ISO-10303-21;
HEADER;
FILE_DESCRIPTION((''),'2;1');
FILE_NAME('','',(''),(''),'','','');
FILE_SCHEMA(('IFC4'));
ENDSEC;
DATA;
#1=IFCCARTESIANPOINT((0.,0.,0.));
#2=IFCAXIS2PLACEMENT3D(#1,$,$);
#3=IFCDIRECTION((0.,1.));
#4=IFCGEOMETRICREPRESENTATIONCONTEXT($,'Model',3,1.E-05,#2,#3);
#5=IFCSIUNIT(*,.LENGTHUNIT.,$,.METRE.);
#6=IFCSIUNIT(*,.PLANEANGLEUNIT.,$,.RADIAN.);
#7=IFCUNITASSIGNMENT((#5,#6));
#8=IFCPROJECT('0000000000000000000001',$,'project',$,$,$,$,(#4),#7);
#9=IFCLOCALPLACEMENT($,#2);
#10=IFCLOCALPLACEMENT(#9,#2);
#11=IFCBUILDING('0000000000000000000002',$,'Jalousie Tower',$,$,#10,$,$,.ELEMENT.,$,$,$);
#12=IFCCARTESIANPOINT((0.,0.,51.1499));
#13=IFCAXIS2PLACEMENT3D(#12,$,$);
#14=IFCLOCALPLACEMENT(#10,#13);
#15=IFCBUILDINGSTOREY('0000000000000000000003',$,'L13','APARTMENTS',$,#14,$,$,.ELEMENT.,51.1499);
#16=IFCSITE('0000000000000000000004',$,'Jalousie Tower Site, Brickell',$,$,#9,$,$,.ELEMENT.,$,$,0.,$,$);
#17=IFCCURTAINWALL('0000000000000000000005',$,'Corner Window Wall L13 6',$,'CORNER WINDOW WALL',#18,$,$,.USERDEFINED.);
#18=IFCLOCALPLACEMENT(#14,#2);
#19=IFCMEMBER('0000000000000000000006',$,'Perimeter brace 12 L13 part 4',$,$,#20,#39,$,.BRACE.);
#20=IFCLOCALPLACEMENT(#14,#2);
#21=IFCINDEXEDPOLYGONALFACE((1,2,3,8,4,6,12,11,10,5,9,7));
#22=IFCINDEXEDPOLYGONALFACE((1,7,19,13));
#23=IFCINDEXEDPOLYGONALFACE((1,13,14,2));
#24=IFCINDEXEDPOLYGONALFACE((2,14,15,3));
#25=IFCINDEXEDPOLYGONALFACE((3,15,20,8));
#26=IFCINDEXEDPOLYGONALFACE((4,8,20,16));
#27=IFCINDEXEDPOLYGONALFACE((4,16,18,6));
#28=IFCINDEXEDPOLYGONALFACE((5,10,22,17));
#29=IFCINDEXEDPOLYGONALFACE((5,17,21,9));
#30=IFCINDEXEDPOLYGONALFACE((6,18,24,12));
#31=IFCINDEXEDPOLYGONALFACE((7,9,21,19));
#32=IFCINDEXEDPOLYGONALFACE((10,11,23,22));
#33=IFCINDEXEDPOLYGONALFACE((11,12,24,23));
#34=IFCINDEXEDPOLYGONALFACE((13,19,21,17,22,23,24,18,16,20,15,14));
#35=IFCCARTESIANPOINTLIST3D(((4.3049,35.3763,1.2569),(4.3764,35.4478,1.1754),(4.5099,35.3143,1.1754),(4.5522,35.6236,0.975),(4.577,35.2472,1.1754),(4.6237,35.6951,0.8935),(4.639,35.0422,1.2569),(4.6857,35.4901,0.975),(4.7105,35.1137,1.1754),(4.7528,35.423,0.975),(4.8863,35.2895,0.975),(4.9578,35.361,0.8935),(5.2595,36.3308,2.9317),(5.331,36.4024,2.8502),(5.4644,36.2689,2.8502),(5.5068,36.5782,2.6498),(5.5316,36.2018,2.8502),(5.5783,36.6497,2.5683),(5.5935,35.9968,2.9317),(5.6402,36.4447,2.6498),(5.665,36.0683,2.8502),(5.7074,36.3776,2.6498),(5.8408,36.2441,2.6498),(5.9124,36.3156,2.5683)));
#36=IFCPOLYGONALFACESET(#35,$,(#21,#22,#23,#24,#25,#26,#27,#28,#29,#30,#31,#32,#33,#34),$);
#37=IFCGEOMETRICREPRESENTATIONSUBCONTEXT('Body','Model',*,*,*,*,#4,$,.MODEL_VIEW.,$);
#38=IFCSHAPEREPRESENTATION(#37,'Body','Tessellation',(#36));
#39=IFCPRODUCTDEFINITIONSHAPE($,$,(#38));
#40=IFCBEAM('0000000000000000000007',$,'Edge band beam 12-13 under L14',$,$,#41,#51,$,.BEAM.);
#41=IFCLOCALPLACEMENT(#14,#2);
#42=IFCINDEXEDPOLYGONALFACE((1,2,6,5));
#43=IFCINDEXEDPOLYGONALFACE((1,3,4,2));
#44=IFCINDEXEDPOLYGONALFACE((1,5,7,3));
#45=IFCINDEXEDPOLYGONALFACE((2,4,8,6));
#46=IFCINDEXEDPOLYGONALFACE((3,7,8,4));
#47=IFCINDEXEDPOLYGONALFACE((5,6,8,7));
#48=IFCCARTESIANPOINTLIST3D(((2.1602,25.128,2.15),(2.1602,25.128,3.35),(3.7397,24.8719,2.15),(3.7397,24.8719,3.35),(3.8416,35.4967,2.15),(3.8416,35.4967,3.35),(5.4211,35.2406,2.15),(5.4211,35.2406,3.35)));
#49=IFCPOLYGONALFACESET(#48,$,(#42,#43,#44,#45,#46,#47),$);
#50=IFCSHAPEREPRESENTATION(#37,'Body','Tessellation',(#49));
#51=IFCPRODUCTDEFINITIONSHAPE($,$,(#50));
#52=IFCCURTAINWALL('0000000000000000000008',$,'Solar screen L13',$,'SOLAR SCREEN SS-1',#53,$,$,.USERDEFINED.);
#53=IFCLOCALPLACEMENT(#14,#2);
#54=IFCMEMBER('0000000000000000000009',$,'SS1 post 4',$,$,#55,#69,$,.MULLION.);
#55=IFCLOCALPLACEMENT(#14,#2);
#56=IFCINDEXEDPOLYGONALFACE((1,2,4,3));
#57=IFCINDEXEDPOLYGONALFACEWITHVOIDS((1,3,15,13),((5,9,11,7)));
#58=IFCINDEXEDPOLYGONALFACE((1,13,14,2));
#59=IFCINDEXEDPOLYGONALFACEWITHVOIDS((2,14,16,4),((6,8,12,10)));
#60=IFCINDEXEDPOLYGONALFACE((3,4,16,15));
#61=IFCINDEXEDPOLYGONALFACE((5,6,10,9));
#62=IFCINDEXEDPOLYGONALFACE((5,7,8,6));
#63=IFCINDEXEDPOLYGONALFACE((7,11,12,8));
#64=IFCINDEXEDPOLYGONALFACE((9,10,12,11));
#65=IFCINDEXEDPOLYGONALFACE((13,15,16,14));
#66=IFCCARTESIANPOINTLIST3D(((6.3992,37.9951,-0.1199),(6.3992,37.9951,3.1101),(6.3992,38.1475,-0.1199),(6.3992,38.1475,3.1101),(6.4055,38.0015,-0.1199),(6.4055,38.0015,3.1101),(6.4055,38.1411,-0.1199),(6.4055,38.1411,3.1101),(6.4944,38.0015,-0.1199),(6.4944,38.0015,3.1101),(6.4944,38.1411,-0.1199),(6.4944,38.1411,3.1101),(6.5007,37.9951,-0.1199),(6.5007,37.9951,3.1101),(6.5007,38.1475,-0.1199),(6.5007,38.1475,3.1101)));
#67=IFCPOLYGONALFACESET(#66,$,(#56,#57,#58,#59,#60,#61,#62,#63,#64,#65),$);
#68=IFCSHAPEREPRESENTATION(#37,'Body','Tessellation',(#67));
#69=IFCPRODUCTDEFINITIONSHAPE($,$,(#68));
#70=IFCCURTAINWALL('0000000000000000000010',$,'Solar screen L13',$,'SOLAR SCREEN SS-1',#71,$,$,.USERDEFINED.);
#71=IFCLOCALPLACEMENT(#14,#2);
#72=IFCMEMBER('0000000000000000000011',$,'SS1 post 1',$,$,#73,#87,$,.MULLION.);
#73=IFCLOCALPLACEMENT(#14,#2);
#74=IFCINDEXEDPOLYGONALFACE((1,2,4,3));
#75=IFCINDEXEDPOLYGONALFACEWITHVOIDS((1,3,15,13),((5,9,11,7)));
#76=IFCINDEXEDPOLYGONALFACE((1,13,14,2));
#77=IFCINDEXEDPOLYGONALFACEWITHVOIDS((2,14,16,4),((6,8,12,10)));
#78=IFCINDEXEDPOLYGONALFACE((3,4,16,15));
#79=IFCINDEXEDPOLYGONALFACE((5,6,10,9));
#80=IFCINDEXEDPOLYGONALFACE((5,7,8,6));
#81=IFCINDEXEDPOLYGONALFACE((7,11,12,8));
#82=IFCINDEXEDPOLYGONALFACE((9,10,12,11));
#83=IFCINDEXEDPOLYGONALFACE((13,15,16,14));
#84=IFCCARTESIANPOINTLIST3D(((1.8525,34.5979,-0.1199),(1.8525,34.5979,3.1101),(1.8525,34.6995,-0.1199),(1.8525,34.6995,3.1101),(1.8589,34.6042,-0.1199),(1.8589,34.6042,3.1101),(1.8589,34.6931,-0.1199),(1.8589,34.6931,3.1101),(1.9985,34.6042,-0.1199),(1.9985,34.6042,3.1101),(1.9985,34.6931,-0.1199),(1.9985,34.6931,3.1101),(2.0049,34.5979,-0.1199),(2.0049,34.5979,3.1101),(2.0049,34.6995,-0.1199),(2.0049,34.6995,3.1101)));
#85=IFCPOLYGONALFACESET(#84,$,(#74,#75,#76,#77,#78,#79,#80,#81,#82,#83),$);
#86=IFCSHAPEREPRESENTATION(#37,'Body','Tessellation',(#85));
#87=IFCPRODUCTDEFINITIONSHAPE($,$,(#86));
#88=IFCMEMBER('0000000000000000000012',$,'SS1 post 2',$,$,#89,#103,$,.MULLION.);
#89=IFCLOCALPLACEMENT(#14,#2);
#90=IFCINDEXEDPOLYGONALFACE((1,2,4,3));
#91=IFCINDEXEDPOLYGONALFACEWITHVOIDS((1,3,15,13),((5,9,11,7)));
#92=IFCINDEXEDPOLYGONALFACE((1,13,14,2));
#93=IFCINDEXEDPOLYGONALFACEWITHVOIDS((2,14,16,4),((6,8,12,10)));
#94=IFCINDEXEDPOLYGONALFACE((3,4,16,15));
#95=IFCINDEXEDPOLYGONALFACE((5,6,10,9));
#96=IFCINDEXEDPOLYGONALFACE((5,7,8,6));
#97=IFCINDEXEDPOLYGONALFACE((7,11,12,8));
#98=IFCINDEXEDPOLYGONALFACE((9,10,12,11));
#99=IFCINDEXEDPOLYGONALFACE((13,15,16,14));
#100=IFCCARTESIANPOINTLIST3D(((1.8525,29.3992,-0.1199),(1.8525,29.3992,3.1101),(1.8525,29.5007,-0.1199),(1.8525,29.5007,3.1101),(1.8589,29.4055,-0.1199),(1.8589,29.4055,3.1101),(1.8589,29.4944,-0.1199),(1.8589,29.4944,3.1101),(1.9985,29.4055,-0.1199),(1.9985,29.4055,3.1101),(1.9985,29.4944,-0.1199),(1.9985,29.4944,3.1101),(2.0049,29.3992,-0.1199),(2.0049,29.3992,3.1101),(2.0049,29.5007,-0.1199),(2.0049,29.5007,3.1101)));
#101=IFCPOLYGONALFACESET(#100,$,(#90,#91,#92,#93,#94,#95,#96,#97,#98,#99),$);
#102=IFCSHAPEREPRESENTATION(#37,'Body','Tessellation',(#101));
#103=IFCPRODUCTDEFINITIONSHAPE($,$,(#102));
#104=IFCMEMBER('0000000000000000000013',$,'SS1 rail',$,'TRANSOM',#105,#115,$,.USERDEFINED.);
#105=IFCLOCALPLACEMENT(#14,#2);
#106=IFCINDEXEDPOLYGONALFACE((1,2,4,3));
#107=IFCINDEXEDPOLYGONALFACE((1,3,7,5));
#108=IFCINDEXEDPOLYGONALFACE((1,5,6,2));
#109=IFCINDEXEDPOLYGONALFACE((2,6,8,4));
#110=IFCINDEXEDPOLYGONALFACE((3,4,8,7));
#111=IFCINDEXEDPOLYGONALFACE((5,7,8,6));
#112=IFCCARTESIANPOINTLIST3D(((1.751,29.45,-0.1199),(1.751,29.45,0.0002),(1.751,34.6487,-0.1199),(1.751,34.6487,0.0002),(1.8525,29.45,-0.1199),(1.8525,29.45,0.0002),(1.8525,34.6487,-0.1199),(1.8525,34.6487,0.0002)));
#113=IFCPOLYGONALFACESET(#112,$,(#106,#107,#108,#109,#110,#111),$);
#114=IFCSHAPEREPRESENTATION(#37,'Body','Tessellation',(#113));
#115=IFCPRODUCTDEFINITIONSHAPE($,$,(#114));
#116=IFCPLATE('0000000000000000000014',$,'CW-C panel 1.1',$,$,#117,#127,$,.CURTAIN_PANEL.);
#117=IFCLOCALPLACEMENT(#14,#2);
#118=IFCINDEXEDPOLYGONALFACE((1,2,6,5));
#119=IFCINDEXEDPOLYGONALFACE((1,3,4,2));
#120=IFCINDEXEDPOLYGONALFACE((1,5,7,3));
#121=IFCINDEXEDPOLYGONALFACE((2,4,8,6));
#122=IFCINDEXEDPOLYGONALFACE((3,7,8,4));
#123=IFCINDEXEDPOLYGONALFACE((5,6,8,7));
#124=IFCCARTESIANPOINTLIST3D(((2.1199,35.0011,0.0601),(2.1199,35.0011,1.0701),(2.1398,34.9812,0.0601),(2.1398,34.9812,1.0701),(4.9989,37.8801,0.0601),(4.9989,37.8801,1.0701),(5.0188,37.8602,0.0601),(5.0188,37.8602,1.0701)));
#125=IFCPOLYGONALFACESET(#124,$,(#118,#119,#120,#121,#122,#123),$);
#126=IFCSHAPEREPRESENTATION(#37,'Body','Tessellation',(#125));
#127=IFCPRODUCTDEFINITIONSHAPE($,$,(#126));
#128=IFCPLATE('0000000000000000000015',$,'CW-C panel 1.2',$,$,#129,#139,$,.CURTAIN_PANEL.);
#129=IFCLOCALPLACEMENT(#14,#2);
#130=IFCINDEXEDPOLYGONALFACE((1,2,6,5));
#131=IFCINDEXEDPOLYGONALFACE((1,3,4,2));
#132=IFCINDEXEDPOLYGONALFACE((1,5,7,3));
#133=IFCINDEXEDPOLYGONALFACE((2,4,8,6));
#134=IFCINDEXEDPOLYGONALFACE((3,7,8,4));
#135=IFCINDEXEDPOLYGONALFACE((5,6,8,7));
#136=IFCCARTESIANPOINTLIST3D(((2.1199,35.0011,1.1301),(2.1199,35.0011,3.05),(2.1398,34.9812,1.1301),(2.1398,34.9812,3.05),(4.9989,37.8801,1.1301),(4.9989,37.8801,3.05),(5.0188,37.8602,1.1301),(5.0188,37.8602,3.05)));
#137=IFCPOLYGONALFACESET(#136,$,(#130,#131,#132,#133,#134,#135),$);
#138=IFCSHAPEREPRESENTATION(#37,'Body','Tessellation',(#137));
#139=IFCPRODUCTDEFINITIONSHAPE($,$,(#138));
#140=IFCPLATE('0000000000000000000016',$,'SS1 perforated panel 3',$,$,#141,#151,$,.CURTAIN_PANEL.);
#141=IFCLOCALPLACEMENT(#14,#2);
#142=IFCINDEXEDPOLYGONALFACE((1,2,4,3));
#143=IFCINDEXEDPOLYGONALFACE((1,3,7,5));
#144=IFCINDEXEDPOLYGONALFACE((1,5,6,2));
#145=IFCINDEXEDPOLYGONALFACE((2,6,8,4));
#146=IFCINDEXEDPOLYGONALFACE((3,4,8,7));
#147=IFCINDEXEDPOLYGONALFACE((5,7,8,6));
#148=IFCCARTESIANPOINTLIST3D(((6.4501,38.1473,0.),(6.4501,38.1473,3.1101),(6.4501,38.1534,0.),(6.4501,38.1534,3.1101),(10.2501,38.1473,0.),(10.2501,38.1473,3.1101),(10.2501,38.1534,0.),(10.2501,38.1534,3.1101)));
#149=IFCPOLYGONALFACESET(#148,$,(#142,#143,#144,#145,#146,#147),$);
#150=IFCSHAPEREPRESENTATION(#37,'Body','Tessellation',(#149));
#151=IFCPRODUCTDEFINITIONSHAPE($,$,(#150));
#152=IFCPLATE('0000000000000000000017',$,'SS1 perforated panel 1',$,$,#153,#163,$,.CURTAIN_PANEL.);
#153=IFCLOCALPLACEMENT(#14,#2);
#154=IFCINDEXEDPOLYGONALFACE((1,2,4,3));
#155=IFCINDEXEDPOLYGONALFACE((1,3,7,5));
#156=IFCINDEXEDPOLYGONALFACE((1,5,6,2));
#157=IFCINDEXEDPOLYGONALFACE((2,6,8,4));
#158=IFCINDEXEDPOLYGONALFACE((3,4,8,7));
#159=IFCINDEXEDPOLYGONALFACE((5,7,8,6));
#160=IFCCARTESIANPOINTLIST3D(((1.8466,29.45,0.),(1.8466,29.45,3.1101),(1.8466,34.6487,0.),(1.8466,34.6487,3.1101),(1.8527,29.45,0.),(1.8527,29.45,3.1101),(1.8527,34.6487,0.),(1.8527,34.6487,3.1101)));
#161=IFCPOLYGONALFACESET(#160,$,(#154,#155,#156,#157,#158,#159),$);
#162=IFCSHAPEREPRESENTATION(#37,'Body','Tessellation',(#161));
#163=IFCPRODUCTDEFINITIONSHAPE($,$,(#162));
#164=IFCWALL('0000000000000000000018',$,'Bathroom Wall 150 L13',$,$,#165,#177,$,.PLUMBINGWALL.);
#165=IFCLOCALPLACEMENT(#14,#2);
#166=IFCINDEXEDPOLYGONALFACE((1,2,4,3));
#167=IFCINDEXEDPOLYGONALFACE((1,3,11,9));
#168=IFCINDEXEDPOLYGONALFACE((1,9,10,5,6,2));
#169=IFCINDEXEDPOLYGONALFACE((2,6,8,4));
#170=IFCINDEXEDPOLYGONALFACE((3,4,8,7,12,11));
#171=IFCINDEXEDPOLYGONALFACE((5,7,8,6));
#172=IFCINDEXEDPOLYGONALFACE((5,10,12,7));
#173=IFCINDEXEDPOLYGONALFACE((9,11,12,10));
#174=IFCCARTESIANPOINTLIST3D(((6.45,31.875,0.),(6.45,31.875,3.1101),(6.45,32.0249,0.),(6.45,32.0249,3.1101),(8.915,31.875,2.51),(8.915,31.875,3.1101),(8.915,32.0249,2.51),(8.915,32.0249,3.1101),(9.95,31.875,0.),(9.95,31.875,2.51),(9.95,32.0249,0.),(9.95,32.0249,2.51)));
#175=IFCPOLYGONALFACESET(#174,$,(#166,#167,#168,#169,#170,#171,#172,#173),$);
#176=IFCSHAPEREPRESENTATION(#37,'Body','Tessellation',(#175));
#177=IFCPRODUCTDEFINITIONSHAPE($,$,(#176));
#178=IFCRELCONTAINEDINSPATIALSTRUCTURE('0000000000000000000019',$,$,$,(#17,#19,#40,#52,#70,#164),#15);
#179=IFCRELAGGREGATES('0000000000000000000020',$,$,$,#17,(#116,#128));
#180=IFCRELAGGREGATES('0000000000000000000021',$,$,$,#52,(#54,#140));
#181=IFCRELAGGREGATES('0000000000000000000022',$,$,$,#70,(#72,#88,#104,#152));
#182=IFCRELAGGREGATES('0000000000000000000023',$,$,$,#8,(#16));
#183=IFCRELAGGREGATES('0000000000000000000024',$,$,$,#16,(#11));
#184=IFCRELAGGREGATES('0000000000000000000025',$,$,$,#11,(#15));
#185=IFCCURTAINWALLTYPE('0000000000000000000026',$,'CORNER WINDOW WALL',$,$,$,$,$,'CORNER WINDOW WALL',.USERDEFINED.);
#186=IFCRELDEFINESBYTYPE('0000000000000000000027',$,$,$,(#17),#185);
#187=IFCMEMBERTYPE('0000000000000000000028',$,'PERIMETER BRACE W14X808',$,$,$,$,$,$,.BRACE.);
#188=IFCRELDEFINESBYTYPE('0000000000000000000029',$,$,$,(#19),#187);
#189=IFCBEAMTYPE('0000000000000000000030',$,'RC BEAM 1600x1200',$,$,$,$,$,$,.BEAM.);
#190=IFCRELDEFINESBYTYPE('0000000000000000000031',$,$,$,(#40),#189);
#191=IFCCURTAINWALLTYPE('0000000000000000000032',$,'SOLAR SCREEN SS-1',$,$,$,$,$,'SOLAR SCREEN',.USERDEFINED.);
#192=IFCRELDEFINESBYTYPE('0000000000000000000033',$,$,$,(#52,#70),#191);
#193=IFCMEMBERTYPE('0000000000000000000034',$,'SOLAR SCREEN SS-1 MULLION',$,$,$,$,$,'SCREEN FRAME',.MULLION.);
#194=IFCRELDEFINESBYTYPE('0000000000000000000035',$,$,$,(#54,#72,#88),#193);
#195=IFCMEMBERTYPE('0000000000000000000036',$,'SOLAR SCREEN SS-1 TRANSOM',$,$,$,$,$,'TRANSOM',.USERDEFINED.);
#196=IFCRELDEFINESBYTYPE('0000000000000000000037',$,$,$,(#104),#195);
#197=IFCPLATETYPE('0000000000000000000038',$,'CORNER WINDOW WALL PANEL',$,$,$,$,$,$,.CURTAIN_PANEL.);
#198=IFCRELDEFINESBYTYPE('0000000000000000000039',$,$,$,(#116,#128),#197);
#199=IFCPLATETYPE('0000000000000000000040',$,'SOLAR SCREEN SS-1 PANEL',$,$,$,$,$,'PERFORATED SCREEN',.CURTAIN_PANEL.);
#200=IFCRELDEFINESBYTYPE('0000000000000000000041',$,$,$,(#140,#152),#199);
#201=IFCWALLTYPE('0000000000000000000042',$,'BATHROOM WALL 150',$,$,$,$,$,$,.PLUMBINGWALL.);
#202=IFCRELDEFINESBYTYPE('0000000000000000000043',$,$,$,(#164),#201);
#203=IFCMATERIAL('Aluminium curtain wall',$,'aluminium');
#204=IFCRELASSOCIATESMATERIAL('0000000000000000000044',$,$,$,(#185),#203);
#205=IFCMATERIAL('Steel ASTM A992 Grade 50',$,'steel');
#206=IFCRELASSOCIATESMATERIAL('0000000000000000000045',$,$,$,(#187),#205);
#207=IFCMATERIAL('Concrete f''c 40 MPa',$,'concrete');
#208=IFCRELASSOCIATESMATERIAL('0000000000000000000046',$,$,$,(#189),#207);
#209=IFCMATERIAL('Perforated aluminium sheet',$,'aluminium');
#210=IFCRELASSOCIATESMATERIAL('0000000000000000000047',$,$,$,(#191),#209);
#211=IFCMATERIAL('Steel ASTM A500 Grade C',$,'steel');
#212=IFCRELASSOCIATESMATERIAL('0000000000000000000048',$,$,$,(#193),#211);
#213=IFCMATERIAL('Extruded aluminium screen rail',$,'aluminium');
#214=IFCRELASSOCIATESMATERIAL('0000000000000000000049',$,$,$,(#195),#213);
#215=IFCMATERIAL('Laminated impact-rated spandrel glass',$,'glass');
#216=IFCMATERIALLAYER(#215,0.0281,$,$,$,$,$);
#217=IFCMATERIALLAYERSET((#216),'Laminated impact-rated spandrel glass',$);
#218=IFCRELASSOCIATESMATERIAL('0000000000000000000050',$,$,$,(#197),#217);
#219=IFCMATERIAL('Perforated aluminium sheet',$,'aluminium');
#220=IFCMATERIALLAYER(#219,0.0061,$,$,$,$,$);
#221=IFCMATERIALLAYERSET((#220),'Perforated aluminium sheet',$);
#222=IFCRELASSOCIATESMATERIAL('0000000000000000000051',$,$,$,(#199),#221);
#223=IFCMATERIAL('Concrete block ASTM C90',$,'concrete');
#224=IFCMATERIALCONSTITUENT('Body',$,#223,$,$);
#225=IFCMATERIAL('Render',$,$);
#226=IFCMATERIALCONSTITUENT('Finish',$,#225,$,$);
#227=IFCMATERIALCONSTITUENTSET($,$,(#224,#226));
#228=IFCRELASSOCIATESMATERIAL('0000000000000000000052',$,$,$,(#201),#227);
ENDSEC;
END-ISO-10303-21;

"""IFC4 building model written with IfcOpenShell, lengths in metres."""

from ifc_helpers import new_model, si_unit, direction, frame, origin, origin_2d, place, context, subcontext, project, spatial, polyline, rectangle, hollow_rectangle, i_section, outline, extrude, material, layer, layer_set, constituent, constituent_set, material_profile, profile_set, type_object, element, aggregate, save


model = new_model("IFC4")

# Units and contexts
model_context = context("Model", 3, precision=1e-05, world=origin(), true_north=direction((0.0, 1.0)))
body_context = subcontext(model_context, "Body", "Model", "MODEL_VIEW")
ifc_project = project(units=[si_unit("LENGTHUNIT", "METRE"), si_unit("PLANEANGLEUNIT", "RADIAN")], contexts=[model_context])

# Site, building, storey
site_placement = place(None, origin())
site = spatial("IfcSite", under=ifc_project, at=site_placement, Name="Jalousie Tower Site, Brickell", CompositionType="ELEMENT", RefElevation=0.0)
building_placement = place(site_placement, origin())
building = spatial("IfcBuilding", under=site, at=building_placement, Name="Jalousie Tower", CompositionType="ELEMENT")
storey_placement = place(building_placement, frame((0.0, 0.0, 51.1499)))
storey = spatial("IfcBuildingStorey", under=building, at=storey_placement, Name="L13", Description="APARTMENTS", CompositionType="ELEMENT", Elevation=51.1499)

# Curtain wall
ifc_material_1 = material(Name="Aluminium curtain wall", Category="aluminium")
curtain_wall_type_1 = type_object("IfcCurtainWallType", Name="CORNER WINDOW WALL", ElementType="CORNER WINDOW WALL", PredefinedType="USERDEFINED", material=ifc_material_1)
curtain_wall_1_placement = place(storey_placement, origin())
curtain_wall_1 = element("IfcCurtainWall", 1, at=curtain_wall_1_placement, inside=storey, type_object=curtain_wall_type_1, Name="Corner Window Wall L13 6", ObjectType="CORNER WINDOW WALL", PredefinedType="USERDEFINED")

# Member
ifc_material_2 = material(Name="Steel ASTM A992 Grade 50", Category="steel")
ifc_material_profile_1 = material_profile(ifc_material_2, i_section(OverallWidth=0.4724, OverallDepth=0.5791, WebThickness=0.095, FlangeThickness=0.1299, at=origin_2d()), Name="W14X808")
ifc_profile_set_1 = profile_set([ifc_material_profile_1], Name="Steel ASTM A992 Grade 50")
member_type_1 = type_object("IfcMemberType", Name="PERIMETER BRACE W14X808", PredefinedType="BRACE", material=ifc_profile_set_1)
member_1_placement = place(storey_placement, frame((4.6313, 35.3687, 1.0752), z_axis=(0.443758, 0.443758, 0.778562), x_axis=(-0.707107, 0.707107, 0.0)))
element("IfcMember", 2, at=member_1_placement, inside=storey, type_object=member_type_1, Name="Perimeter brace 12 L13 part 4", PredefinedType="BRACE", context=body_context, shape_type="SweptSolid", body=[
    extrude(i_section(OverallWidth=0.4724, OverallDepth=0.5791, WebThickness=0.095, FlangeThickness=0.1299, at=origin_2d()), origin(), (0.0, 0.0, 1.0), 2.1511),
])

# Beam
ifc_material_3 = material(Name="Concrete f'c 40 MPa", Category="concrete")
ifc_material_profile_2 = material_profile(ifc_material_3, rectangle(XDim=1.6001, YDim=1.2, at=origin_2d()), Name="RC 1600x1200")
ifc_profile_set_2 = profile_set([ifc_material_profile_2], Name="Concrete f'c 40 MPa")
beam_type_1 = type_object("IfcBeamType", Name="RC BEAM 1600x1200", PredefinedType="BEAM", material=ifc_profile_set_2)
beam_1_placement = place(storey_placement, frame((4.6313, 35.3687, 2.75), z_axis=(-0.160071, -0.987106, 0.0), x_axis=(0.987106, -0.160071, 0.0)))
element("IfcBeam", 3, at=beam_1_placement, inside=storey, type_object=beam_type_1, Name="Edge band beam 12-13 under L14", PredefinedType="BEAM", context=body_context, shape_type="SweptSolid", body=[
    extrude(rectangle(XDim=1.6001, YDim=1.2, at=origin_2d()), origin(), (0.0, 0.0, 1.0), 10.5042),
])

# Curtain wall, member
ifc_material_4 = material(Name="Perforated aluminium sheet", Category="aluminium")
curtain_wall_type_2 = type_object("IfcCurtainWallType", Name="SOLAR SCREEN SS-1", ElementType="SOLAR SCREEN", PredefinedType="USERDEFINED", material=ifc_material_4)
curtain_wall_2_placement = place(storey_placement, origin())
curtain_wall_2 = element("IfcCurtainWall", 4, at=curtain_wall_2_placement, inside=storey, type_object=curtain_wall_type_2, Name="Solar screen L13", ObjectType="SOLAR SCREEN SS-1", PredefinedType="USERDEFINED")
ifc_material_5 = material(Name="Steel ASTM A500 Grade C", Category="steel")
ifc_material_profile_3 = material_profile(ifc_material_5, hollow_rectangle(XDim=0.1016, YDim=0.1523, WallThickness=0.0063, at=origin_2d()), Name="HSS6X4X1/4")
ifc_profile_set_3 = profile_set([ifc_material_profile_3], Name="Steel ASTM A500 Grade C")
member_type_2 = type_object("IfcMemberType", Name="SOLAR SCREEN SS-1 MULLION", ElementType="SCREEN FRAME", PredefinedType="MULLION", material=ifc_profile_set_3)
member_2_placement = place(storey_placement, frame((6.45, 38.0713, -0.1199), z_axis=(0.0, 0.0, 1.0), x_axis=(-1.0, 0.0, 0.0)))
member_2 = element("IfcMember", 5, at=member_2_placement, type_object=member_type_2, Name="SS1 post 4", PredefinedType="MULLION", context=body_context, shape_type="SweptSolid", body=[
    extrude(hollow_rectangle(XDim=0.1016, YDim=0.1523, WallThickness=0.0063, at=origin_2d()), origin(), (0.0, 0.0, 1.0), 3.23),
])

# Curtain wall, members
curtain_wall_3_placement = place(storey_placement, origin())
curtain_wall_3 = element("IfcCurtainWall", 6, at=curtain_wall_3_placement, inside=storey, type_object=curtain_wall_type_2, Name="Solar screen L13", ObjectType="SOLAR SCREEN SS-1", PredefinedType="USERDEFINED")
member_3_placement = place(storey_placement, frame((1.9287, 34.6487, -0.1199), z_axis=(0.0, 0.0, 1.0), x_axis=(0.0, -1.0, 0.0)))
member_3 = element("IfcMember", 7, at=member_3_placement, type_object=member_type_2, Name="SS1 post 1", PredefinedType="MULLION", context=body_context, shape_type="SweptSolid", body=[
    extrude(hollow_rectangle(XDim=0.1016, YDim=0.1523, WallThickness=0.0063, at=origin_2d()), origin(), (0.0, 0.0, 1.0), 3.23),
])
member_4_placement = place(storey_placement, frame((1.9287, 29.45, -0.1199), z_axis=(0.0, 0.0, 1.0), x_axis=(0.0, -1.0, 0.0)))
member_4 = element("IfcMember", 8, at=member_4_placement, type_object=member_type_2, Name="SS1 post 2", PredefinedType="MULLION", context=body_context, shape_type="SweptSolid", body=[
    extrude(hollow_rectangle(XDim=0.1016, YDim=0.1523, WallThickness=0.0063, at=origin_2d()), origin(), (0.0, 0.0, 1.0), 3.23),
])
ifc_material_6 = material(Name="Extruded aluminium screen rail", Category="aluminium")
ifc_material_profile_4 = material_profile(ifc_material_6, rectangle(XDim=0.1016, YDim=0.1201, at=origin_2d()), Name="RAIL 102x120")
ifc_profile_set_4 = profile_set([ifc_material_profile_4], Name="Extruded aluminium screen rail")
member_type_3 = type_object("IfcMemberType", Name="SOLAR SCREEN SS-1 TRANSOM", ElementType="TRANSOM", PredefinedType="USERDEFINED", material=ifc_profile_set_4)
member_5_placement = place(storey_placement, frame((1.8018, 34.6487, -0.0598), z_axis=(0.0, -1.0, 0.0), x_axis=(1.0, 0.0, 0.0)))
member_5 = element("IfcMember", 9, at=member_5_placement, type_object=member_type_3, Name="SS1 rail", ObjectType="TRANSOM", PredefinedType="USERDEFINED", context=body_context, shape_type="SweptSolid", body=[
    extrude(rectangle(XDim=0.1016, YDim=0.1201, at=origin_2d()), origin(), (0.0, 0.0, 1.0), 5.1987),
])

# Plates
ifc_material_7 = material(Name="Laminated impact-rated spandrel glass", Category="glass")
ifc_layer_1 = layer(ifc_material_7, 0.0281)
ifc_layer_set_1 = layer_set([ifc_layer_1], Name="Laminated impact-rated spandrel glass")
plate_type_1 = type_object("IfcPlateType", Name="CORNER WINDOW WALL PANEL", PredefinedType="CURTAIN_PANEL", material=ifc_layer_set_1)
plate_1_placement = place(storey_placement, frame((3.5693, 36.4307, 0.0601), z_axis=(0.0, 0.0, 1.0), x_axis=(-0.707107, -0.707107, 0.0)))
plate_1 = element("IfcPlate", 10, at=plate_1_placement, type_object=plate_type_1, Name="CW-C panel 1.1", PredefinedType="CURTAIN_PANEL", context=body_context, shape_type="SweptSolid", body=[
    extrude(rectangle(XDim=4.0715, YDim=0.0281, at=origin_2d()), origin(), (0.0, 0.0, 1.0), 1.01),
])
plate_2_placement = place(storey_placement, frame((3.5693, 36.4307, 1.1301), z_axis=(0.0, 0.0, 1.0), x_axis=(-0.707107, -0.707107, 0.0)))
plate_2 = element("IfcPlate", 11, at=plate_2_placement, type_object=plate_type_1, Name="CW-C panel 1.2", PredefinedType="CURTAIN_PANEL", context=body_context, shape_type="SweptSolid", body=[
    extrude(rectangle(XDim=4.0715, YDim=0.0281, at=origin_2d()), origin(), (0.0, 0.0, 1.0), 1.9199),
])
aggregate(curtain_wall_1, [plate_1, plate_2])
ifc_material_8 = material(Name="Perforated aluminium sheet", Category="aluminium")
ifc_layer_2 = layer(ifc_material_8, 0.0061)
ifc_layer_set_2 = layer_set([ifc_layer_2], Name="Perforated aluminium sheet")
plate_type_2 = type_object("IfcPlateType", Name="SOLAR SCREEN SS-1 PANEL", ElementType="PERFORATED SCREEN", PredefinedType="CURTAIN_PANEL", material=ifc_layer_set_2)
plate_3_placement = place(storey_placement, frame((8.3501, 38.1504, 0.0), z_axis=(0.0, 0.0, 1.0), x_axis=(-1.0, 0.0, 0.0)))
plate_3 = element("IfcPlate", 12, at=plate_3_placement, type_object=plate_type_2, Name="SS1 perforated panel 3", PredefinedType="CURTAIN_PANEL", context=body_context, shape_type="SweptSolid", body=[
    extrude(rectangle(XDim=3.8, YDim=0.0061, at=origin_2d()), origin(), (0.0, 0.0, 1.0), 3.1101),
])
aggregate(curtain_wall_2, [member_2, plate_3])
plate_4_placement = place(storey_placement, frame((1.8496, 32.0493, 0.0), z_axis=(0.0, 0.0, 1.0), x_axis=(0.0, -1.0, 0.0)))
plate_4 = element("IfcPlate", 13, at=plate_4_placement, type_object=plate_type_2, Name="SS1 perforated panel 1", PredefinedType="CURTAIN_PANEL", context=body_context, shape_type="SweptSolid", body=[
    extrude(rectangle(XDim=5.1987, YDim=0.0061, at=origin_2d()), origin(), (0.0, 0.0, 1.0), 3.1101),
])
aggregate(curtain_wall_3, [member_3, member_4, member_5, plate_4])

# Wall
ifc_material_9 = material(Name="Concrete block ASTM C90", Category="concrete")
ifc_constituent_1 = constituent(ifc_material_9, Name="Body")
ifc_material_10 = material(Name="Render")
ifc_constituent_2 = constituent(ifc_material_10, Name="Finish")
ifc_constituent_set_1 = constituent_set(constituents=[ifc_constituent_1, ifc_constituent_2])
wall_type_1 = type_object("IfcWallType", Name="BATHROOM WALL 150", PredefinedType="PLUMBINGWALL", material=ifc_constituent_set_1)
wall_1_placement = place(storey_placement, frame((6.45, 31.95, 0.0), z_axis=(0.0, 0.0, 1.0), x_axis=(1.0, 0.0, 0.0)))
element("IfcWall", 14, at=wall_1_placement, inside=storey, type_object=wall_type_1, Name="Bathroom Wall 150 L13", PredefinedType="PLUMBINGWALL", context=body_context, shape_type="SweptSolid", body=[
    extrude(outline(polyline([(0.0, 0.0), (3.5, 0.0), (3.5, 3.1101), (3.5, 2.51), (2.4651, 2.51), (2.4651, 3.1101), (0.0, 3.1101), (0.0, 0.0)])), frame((0.0, 0.075, 0.0), z_axis=(0.0, -1.0, 0.0), x_axis=(1.0, 0.0, 0.0)), (0.0, 0.0, 1.0), 0.1499),
])

save(model, "model.ifc")
